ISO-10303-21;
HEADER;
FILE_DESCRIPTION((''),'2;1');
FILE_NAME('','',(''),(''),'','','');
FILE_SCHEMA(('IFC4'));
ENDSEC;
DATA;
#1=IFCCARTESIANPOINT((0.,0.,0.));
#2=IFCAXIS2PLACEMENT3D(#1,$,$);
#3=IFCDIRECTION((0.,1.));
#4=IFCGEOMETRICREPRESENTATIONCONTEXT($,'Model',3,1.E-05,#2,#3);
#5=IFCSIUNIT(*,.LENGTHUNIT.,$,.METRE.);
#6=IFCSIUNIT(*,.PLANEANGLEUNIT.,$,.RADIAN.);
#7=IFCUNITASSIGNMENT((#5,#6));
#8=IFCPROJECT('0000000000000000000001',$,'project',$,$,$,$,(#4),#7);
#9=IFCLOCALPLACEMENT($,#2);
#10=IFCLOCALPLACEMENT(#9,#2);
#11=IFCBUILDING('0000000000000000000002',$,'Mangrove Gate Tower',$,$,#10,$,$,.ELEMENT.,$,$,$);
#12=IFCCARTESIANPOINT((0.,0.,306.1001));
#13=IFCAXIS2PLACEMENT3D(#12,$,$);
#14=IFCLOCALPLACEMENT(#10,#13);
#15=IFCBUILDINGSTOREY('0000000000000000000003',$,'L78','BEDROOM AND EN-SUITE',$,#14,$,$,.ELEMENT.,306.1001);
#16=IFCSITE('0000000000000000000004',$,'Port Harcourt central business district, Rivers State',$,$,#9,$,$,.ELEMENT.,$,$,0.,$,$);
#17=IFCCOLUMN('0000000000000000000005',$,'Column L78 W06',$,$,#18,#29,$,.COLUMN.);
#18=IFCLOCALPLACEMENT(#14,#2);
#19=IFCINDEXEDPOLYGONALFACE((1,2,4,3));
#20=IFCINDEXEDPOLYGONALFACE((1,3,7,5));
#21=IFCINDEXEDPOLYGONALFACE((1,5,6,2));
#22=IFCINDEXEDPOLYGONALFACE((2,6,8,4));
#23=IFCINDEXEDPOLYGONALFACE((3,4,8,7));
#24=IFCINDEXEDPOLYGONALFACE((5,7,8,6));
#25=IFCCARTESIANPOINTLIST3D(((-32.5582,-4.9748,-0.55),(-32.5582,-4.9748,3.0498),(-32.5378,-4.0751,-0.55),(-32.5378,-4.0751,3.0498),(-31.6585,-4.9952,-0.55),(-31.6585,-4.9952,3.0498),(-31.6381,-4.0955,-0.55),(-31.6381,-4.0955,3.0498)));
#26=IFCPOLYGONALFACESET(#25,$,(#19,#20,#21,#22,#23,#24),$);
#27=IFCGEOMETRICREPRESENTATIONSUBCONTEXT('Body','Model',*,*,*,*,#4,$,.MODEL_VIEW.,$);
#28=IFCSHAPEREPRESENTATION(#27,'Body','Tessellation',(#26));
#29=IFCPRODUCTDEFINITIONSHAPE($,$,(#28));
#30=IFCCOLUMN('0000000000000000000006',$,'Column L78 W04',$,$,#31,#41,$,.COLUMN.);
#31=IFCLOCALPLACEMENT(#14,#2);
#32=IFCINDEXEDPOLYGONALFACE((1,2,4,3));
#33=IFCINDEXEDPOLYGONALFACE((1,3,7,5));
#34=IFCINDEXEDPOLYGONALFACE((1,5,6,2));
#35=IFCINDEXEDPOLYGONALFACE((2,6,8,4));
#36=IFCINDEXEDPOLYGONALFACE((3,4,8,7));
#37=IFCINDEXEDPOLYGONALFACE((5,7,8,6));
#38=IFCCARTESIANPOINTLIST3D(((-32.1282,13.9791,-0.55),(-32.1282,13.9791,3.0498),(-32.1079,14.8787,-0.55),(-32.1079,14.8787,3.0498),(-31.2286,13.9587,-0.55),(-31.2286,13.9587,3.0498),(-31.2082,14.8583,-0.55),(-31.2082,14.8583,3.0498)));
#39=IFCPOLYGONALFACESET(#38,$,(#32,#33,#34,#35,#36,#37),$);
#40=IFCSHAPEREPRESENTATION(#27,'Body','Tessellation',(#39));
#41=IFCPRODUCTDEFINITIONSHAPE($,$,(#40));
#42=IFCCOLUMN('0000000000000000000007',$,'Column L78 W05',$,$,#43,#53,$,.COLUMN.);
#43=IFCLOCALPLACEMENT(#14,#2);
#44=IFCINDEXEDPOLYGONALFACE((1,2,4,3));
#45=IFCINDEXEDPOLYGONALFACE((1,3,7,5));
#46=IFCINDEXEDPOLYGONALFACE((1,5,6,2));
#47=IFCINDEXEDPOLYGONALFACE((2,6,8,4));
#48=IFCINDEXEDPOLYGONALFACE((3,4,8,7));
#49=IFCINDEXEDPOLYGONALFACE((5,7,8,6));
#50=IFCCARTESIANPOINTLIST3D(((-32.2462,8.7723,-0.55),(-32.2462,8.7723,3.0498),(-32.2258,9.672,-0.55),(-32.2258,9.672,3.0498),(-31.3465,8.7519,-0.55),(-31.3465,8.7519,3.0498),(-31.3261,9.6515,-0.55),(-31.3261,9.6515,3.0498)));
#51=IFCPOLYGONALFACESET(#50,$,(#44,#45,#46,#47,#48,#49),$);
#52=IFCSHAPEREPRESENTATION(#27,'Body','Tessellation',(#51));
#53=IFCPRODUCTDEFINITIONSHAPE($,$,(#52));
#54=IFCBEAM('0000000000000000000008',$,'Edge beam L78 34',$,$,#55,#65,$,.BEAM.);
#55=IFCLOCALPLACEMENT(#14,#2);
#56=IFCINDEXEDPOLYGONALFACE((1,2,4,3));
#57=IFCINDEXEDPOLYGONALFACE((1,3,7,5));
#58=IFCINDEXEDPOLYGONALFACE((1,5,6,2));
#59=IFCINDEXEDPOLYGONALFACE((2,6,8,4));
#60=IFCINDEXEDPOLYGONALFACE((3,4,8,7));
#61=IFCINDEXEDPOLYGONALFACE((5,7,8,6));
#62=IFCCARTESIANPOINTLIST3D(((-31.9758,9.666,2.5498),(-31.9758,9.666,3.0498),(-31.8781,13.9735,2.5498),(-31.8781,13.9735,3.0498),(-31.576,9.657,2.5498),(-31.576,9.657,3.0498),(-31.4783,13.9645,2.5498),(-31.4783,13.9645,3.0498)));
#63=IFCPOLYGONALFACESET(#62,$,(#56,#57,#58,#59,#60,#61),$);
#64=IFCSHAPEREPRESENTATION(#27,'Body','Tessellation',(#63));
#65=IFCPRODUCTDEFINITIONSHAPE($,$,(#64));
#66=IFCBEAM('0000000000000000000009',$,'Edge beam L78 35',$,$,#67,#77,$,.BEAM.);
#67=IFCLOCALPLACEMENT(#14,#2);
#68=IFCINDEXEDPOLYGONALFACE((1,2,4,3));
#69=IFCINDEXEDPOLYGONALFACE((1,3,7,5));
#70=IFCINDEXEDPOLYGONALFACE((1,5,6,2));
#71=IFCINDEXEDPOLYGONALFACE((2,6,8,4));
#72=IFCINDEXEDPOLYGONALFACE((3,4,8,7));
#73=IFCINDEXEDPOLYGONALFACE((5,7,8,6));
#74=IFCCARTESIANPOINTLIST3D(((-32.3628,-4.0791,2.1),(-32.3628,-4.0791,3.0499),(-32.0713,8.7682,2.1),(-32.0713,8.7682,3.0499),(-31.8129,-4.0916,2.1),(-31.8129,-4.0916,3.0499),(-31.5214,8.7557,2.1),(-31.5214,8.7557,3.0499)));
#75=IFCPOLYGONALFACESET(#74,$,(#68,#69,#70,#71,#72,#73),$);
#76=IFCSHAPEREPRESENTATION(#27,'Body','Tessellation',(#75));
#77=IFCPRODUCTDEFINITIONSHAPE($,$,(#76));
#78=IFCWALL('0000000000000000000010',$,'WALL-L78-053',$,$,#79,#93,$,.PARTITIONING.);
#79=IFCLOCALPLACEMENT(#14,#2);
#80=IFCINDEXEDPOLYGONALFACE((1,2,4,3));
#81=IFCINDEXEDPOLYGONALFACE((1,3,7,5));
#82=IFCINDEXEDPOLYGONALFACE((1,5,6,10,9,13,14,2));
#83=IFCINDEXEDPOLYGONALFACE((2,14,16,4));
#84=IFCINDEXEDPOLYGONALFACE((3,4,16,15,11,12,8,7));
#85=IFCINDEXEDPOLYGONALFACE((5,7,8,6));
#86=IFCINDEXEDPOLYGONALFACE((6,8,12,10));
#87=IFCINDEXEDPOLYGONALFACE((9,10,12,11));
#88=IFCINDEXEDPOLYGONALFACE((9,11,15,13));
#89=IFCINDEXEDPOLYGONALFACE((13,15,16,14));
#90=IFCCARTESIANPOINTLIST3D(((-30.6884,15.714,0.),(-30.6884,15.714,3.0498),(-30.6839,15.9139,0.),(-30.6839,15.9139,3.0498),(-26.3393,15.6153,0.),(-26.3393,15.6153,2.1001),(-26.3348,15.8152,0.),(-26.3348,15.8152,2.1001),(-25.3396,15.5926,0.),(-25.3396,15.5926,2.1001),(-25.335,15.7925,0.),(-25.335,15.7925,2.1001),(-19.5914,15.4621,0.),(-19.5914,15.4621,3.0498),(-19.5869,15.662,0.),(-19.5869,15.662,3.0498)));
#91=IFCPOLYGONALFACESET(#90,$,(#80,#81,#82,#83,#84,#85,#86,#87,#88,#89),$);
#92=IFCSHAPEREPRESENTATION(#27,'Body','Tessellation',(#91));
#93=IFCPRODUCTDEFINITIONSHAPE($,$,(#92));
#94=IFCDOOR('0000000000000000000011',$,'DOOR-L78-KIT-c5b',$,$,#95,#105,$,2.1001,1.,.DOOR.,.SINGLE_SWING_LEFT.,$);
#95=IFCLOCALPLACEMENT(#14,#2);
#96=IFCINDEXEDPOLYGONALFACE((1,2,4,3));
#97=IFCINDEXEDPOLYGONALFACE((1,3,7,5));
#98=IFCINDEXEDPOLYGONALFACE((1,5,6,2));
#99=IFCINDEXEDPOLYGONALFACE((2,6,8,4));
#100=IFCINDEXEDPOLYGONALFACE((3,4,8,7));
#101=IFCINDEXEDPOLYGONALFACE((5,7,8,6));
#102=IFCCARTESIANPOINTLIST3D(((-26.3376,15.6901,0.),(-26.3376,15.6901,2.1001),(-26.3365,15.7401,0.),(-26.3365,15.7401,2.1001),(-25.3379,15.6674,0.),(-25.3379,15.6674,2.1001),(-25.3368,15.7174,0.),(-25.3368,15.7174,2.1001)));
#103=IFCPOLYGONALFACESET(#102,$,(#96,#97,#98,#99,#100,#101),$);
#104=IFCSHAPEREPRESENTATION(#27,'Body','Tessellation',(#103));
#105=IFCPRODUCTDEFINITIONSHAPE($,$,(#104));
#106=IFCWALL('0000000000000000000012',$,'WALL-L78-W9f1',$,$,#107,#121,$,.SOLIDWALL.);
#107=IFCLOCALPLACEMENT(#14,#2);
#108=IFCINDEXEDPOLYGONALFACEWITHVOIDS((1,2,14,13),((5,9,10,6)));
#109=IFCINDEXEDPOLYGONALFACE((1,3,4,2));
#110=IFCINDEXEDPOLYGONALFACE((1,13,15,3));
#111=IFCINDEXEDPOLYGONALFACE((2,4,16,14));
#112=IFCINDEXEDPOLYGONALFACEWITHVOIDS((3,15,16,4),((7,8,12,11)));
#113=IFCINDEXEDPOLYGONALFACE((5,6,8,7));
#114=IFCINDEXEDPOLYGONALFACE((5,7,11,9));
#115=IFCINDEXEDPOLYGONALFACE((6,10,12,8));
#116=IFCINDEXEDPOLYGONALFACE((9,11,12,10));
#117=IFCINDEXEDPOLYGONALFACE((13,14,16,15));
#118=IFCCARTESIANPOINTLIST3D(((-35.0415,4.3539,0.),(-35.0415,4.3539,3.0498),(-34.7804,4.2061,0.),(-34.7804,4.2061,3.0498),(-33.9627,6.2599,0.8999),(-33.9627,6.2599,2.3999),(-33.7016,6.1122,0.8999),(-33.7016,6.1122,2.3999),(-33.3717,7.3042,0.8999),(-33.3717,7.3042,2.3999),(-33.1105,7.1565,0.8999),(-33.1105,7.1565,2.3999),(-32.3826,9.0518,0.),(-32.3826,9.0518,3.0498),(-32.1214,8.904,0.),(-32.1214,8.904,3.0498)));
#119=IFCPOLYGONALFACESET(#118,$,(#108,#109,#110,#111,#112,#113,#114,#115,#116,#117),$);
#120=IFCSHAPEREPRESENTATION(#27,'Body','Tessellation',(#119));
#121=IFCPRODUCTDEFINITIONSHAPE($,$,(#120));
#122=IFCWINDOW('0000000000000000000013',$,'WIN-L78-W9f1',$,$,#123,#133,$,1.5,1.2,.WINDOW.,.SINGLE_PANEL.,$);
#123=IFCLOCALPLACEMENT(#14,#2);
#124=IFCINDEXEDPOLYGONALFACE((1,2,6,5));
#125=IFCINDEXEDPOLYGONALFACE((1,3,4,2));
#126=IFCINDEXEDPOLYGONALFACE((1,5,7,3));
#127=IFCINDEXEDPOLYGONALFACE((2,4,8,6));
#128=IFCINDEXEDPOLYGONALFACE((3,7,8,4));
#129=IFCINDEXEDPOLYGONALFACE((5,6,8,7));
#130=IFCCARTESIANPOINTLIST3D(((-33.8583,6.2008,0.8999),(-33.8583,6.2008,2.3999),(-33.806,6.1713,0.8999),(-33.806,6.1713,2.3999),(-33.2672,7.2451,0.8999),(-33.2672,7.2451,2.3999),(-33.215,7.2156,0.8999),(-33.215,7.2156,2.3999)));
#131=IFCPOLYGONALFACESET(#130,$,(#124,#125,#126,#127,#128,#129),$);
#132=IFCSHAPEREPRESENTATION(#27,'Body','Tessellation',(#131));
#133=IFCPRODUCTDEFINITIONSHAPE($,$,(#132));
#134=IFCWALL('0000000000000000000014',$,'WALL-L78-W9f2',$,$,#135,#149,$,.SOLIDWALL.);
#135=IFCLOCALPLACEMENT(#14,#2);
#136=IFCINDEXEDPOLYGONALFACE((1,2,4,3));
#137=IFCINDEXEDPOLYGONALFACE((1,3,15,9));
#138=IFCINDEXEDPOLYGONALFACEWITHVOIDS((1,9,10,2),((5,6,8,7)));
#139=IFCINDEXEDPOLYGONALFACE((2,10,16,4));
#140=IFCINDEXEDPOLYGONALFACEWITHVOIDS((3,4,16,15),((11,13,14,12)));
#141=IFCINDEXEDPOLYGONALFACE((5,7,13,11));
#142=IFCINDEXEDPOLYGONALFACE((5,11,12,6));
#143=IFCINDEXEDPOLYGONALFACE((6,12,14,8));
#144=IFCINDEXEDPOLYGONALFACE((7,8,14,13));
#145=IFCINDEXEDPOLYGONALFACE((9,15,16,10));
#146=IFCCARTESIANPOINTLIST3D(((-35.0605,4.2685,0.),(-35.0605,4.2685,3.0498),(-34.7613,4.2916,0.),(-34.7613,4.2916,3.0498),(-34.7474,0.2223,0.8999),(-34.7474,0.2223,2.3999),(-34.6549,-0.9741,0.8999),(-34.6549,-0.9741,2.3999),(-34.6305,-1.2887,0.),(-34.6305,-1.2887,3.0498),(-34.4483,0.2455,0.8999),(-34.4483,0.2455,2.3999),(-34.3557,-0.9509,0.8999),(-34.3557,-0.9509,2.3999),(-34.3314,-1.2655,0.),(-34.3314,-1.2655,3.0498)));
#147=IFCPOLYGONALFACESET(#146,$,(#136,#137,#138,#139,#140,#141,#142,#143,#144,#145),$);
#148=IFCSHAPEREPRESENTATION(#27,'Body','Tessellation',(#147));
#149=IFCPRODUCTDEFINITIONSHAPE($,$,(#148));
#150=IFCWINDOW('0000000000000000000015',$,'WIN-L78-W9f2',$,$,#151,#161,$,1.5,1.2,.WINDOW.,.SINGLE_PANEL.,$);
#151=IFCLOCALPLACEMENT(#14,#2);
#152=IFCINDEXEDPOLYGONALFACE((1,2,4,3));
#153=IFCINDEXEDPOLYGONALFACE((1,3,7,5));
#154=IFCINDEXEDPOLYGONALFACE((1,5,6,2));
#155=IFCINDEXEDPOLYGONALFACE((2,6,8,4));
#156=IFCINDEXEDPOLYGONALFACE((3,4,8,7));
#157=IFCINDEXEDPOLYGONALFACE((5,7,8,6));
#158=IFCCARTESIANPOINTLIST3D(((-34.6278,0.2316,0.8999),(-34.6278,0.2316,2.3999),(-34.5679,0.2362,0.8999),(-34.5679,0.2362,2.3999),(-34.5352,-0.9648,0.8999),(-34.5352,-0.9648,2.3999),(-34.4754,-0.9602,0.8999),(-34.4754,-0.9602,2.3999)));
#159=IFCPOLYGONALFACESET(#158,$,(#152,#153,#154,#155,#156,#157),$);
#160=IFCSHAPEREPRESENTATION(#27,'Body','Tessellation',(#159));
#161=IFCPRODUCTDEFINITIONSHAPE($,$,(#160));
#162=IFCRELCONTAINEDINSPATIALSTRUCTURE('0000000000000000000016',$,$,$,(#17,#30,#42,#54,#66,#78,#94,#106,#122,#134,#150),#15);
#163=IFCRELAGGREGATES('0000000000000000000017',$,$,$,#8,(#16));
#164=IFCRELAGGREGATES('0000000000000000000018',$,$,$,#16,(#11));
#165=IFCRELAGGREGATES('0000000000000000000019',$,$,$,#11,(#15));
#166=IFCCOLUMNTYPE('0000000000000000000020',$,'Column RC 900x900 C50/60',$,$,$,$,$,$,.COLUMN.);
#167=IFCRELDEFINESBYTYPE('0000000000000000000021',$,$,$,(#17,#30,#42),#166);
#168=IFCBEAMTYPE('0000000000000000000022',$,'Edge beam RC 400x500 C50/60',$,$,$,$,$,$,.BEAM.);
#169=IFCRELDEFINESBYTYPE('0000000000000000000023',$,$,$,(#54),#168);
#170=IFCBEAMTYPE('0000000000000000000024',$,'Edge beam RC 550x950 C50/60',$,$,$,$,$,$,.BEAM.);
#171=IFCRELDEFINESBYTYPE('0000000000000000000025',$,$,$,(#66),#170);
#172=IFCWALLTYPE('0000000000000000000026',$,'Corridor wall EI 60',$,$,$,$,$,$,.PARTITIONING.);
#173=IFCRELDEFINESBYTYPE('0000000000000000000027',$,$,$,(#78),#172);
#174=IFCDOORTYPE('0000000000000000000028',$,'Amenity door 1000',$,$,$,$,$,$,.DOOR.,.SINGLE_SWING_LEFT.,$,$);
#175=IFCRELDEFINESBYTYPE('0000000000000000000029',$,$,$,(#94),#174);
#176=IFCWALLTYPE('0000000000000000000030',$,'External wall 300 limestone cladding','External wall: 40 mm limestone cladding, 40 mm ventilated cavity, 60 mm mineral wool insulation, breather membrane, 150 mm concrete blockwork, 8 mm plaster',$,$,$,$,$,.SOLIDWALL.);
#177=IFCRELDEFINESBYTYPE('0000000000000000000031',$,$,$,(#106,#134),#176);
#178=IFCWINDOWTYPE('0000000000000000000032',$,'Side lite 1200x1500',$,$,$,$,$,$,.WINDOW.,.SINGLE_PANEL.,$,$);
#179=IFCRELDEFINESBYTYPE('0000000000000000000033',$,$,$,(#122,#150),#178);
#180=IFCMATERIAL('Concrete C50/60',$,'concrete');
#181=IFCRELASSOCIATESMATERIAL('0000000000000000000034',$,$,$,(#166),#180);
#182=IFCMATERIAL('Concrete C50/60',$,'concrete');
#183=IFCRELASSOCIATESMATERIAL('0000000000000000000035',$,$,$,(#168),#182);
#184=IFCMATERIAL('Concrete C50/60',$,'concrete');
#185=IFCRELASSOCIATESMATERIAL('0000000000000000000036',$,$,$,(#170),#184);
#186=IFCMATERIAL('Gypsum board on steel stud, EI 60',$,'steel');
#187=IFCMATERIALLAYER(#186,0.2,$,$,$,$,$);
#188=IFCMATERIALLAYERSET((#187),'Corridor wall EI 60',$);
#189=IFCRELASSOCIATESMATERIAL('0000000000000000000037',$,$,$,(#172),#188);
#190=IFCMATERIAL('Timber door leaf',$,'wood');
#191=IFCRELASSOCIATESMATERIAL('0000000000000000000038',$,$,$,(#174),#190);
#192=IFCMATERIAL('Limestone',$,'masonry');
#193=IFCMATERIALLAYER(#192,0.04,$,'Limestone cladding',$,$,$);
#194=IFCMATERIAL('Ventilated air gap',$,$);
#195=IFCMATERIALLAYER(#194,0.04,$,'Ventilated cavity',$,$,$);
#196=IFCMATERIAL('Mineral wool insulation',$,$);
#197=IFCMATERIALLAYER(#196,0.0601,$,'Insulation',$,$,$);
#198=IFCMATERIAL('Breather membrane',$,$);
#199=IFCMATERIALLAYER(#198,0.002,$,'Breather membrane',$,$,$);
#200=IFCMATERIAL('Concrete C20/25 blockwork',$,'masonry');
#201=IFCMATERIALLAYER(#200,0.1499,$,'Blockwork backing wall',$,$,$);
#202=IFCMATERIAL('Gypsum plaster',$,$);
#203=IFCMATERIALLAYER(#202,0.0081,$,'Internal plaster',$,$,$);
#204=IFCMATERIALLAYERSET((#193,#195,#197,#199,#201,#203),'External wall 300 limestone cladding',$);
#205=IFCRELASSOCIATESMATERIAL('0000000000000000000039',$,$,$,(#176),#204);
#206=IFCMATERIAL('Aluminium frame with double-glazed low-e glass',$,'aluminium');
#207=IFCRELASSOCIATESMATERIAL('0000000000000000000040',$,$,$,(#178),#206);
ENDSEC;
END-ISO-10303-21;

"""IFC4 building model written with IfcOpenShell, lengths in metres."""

from ifc_helpers import new_model, si_unit, direction, frame, frame_2d, origin, origin_2d, place, context, subcontext, project, spatial, rectangle, extrude, material, layer, layer_set, material_profile, profile_set, type_object, element, fill, save


model = new_model("IFC4")

# Units and contexts
model_context = context("Model", 3, precision=1e-05, world=origin(), true_north=direction((0.0, 1.0)))
body_context = subcontext(model_context, "Body", "Model", "MODEL_VIEW")
ifc_project = project(units=[si_unit("LENGTHUNIT", "METRE"), si_unit("PLANEANGLEUNIT", "RADIAN")], contexts=[model_context])

# Site, building, storey
site_placement = place(None, origin())
site = spatial("IfcSite", under=ifc_project, at=site_placement, Name="Port Harcourt central business district, Rivers State", CompositionType="ELEMENT", RefElevation=0.0)
building_placement = place(site_placement, origin())
building = spatial("IfcBuilding", under=site, at=building_placement, Name="Mangrove Gate Tower", CompositionType="ELEMENT")
storey_placement = place(building_placement, frame((0.0, 0.0, 306.1001)))
storey = spatial("IfcBuildingStorey", under=building, at=storey_placement, Name="L78", Description="BEDROOM AND EN-SUITE", CompositionType="ELEMENT", Elevation=306.1001)

# Columns
ifc_material_1 = material(Name="Concrete C50/60", Category="concrete")
ifc_material_profile_1 = material_profile(ifc_material_1, rectangle(XDim=0.8999, YDim=0.8999, at=origin_2d()))
ifc_profile_set_1 = profile_set([ifc_material_profile_1], Name="Concrete C50/60")
column_type = type_object("IfcColumnType", Name="Column RC 900x900 C50/60", PredefinedType="COLUMN", material=ifc_profile_set_1)
for number, where, z_axis, x_axis, name in (
    (1, (-32.0981, -4.5352, -0.55), (0.0, 0.0, 1.0), (-0.02268, -0.999743, 0.0), "Column L78 W06"),
    (2, (-31.6682, 14.4187, -0.55), (0.0, 0.0, 1.0), (-0.022656, -0.999743, 0.0), "Column L78 W04"),
    (3, (-31.7861, 9.2119, -0.55), (0.0, 0.0, 1.0), (-0.022681, -0.999743, 0.0), "Column L78 W05"),
):
    element("IfcColumn", number, at=place(storey_placement, frame(where, z_axis=z_axis, x_axis=x_axis)), inside=storey, type_object=column_type, Name=name, PredefinedType="COLUMN", context=body_context, shape_type="SweptSolid", body=[
        extrude(rectangle(XDim=0.8999, YDim=0.8999, at=origin_2d()), origin(), (0.0, 0.0, 1.0), 3.5999),
    ])

# Beams
ifc_material_2 = material(Name="Concrete C50/60", Category="concrete")
ifc_material_profile_2 = material_profile(ifc_material_2, rectangle(XDim=0.3999, YDim=0.5, at=origin_2d()))
ifc_profile_set_2 = profile_set([ifc_material_profile_2], Name="Concrete C50/60")
beam_type_1 = type_object("IfcBeamType", Name="Edge beam RC 400x500 C50/60", PredefinedType="BEAM", material=ifc_profile_set_2)
beam_1_placement = place(storey_placement, frame((-31.6782, 13.969, 2.7998), z_axis=(-0.022666, -0.999743, 0.0), x_axis=(0.999743, -0.022666, 0.0)))
element("IfcBeam", 4, at=beam_1_placement, inside=storey, type_object=beam_type_1, Name="Edge beam L78 34", PredefinedType="BEAM", context=body_context, shape_type="SweptSolid", body=[
    extrude(rectangle(XDim=0.3999, YDim=0.5, at=origin_2d()), origin(), (0.0, 0.0, 1.0), 4.3086),
])
ifc_material_3 = material(Name="Concrete C50/60", Category="concrete")
ifc_material_profile_3 = material_profile(ifc_material_3, rectangle(XDim=0.55, YDim=0.95, at=origin_2d()))
ifc_profile_set_3 = profile_set([ifc_material_profile_3], Name="Concrete C50/60")
beam_type_2 = type_object("IfcBeamType", Name="Edge beam RC 550x950 C50/60", PredefinedType="BEAM", material=ifc_profile_set_3)
beam_2_placement = place(storey_placement, frame((-31.7964, 8.762, 2.575), z_axis=(-0.022684, -0.999743, 0.0), x_axis=(0.999743, -0.022684, 0.0)))
element("IfcBeam", 5, at=beam_2_placement, inside=storey, type_object=beam_type_2, Name="Edge beam L78 35", PredefinedType="BEAM", context=body_context, shape_type="SweptSolid", body=[
    extrude(rectangle(XDim=0.55, YDim=0.95, at=origin_2d()), origin(), (0.0, 0.0, 1.0), 12.8506),
])

# Wall, opening, door
ifc_material_4 = material(Name="Gypsum board on steel stud, EI 60", Category="steel")
ifc_layer_1 = layer(ifc_material_4, 0.2)
ifc_layer_set_1 = layer_set([ifc_layer_1], Name="Corridor wall EI 60")
wall_type_1 = type_object("IfcWallType", Name="Corridor wall EI 60", PredefinedType="PARTITIONING", material=ifc_layer_set_1)
wall_1_placement = place(storey_placement, frame((-30.686, 15.814, 0.0), z_axis=(0.0, 0.0, 1.0), x_axis=(0.999742, -0.022699, 0.0)))
wall_1 = element("IfcWall", 6, at=wall_1_placement, inside=storey, type_object=wall_type_1, Name="WALL-L78-053", PredefinedType="PARTITIONING", context=body_context, shape_type="SweptSolid", body=[
    extrude(rectangle(XDim=11.0999, YDim=0.2, at=frame_2d((5.5498, 0.0))), origin(), (0.0, 0.0, 1.0), 3.0498),
])
opening_1_placement = place(wall_1_placement, frame((4.3501, 0.0, 0.0)))
opening_1 = element("IfcOpeningElement", 7, at=opening_1_placement, cuts=wall_1, PredefinedType="OPENING", context=body_context, shape_type="SweptSolid", body=[
    extrude(rectangle(XDim=1.0, YDim=2.1001, at=frame_2d((0.5, 1.05))), frame((0.0, 0.1099, 0.0), z_axis=(0.0, -1.0, 0.0), x_axis=(1.0, 0.0, 0.0)), (0.0, 0.0, 1.0), 0.22),
])
ifc_material_5 = material(Name="Timber door leaf", Category="wood")
door_type_1 = type_object("IfcDoorType", Name="Amenity door 1000", OperationType="SINGLE_SWING_LEFT", PredefinedType="DOOR", material=ifc_material_5)
door_1_placement = place(opening_1_placement, origin())
door_1 = element("IfcDoor", 8, at=door_1_placement, inside=storey, type_object=door_type_1, Name="DOOR-L78-KIT-c5b", OperationType="SINGLE_SWING_LEFT", OverallHeight=2.1001, OverallWidth=1.0, PredefinedType="DOOR", context=body_context, shape_type="SweptSolid", body=[
    extrude(rectangle(XDim=1.0, YDim=2.1001, at=frame_2d((0.5, 1.05))), frame((0.0, 0.0249, 0.0), z_axis=(0.0, -1.0, 0.0), x_axis=(1.0, 0.0, 0.0)), (0.0, 0.0, 1.0), 0.05),
])
fill(opening_1, door_1)

# Walls, openings, windows
ifc_material_6 = material(Name="Limestone", Category="masonry")
ifc_layer_2 = layer(ifc_material_6, 0.04, Name="Limestone cladding")
ifc_material_7 = material(Name="Ventilated air gap")
ifc_layer_3 = layer(ifc_material_7, 0.04, Name="Ventilated cavity")
ifc_material_8 = material(Name="Mineral wool insulation")
ifc_layer_4 = layer(ifc_material_8, 0.0601, Name="Insulation")
ifc_material_9 = material(Name="Breather membrane")
ifc_layer_5 = layer(ifc_material_9, 0.002, Name="Breather membrane")
ifc_material_10 = material(Name="Concrete C20/25 blockwork", Category="masonry")
ifc_layer_6 = layer(ifc_material_10, 0.1499, Name="Blockwork backing wall")
ifc_material_11 = material(Name="Gypsum plaster")
ifc_layer_7 = layer(ifc_material_11, 0.0081, Name="Internal plaster")
ifc_layer_set_2 = layer_set([ifc_layer_2, ifc_layer_3, ifc_layer_4, ifc_layer_5, ifc_layer_6, ifc_layer_7], Name="External wall 300 limestone cladding")
wall_type_2 = type_object("IfcWallType", Name="External wall 300 limestone cladding", Description="External wall: 40 mm limestone cladding, 40 mm ventilated cavity, 60 mm mineral wool insulation, breather membrane, 150 mm concrete blockwork, 8 mm plaster", PredefinedType="SOLIDWALL", material=ifc_layer_set_2)
wall_2_placement = place(storey_placement, frame((-32.252, 8.978, 0.0), z_axis=(0.0, 0.0, 1.0), x_axis=(-0.492555, -0.870281, 0.0)))
wall_2 = element("IfcWall", 9, at=wall_2_placement, inside=storey, type_object=wall_type_2, Name="WALL-L78-W9f1", PredefinedType="SOLIDWALL", context=body_context, shape_type="SweptSolid", body=[
    extrude(rectangle(XDim=5.3982, YDim=0.3, at=frame_2d((2.6992, 0.0))), origin(), (0.0, 0.0, 1.0), 3.0498),
])
opening_2_placement = place(wall_2_placement, frame((2.0081, 0.0, 0.8999)))
opening_2 = element("IfcOpeningElement", 10, at=opening_2_placement, cuts=wall_2, PredefinedType="OPENING", context=body_context, shape_type="SweptSolid", body=[
    extrude(rectangle(XDim=1.2, YDim=1.5, at=frame_2d((0.6001, 0.75))), frame((0.0, 0.1599, 0.0), z_axis=(0.0, -1.0, 0.0), x_axis=(1.0, 0.0, 0.0)), (0.0, 0.0, 1.0), 0.3201),
])
ifc_material_12 = material(Name="Aluminium frame with double-glazed low-e glass", Category="aluminium")
window_type_1 = type_object("IfcWindowType", Name="Side lite 1200x1500", PartitioningType="SINGLE_PANEL", PredefinedType="WINDOW", material=ifc_material_12)
window_1_placement = place(opening_2_placement, origin())
window_1 = element("IfcWindow", 11, at=window_1_placement, inside=storey, type_object=window_type_1, Name="WIN-L78-W9f1", OverallHeight=1.5, OverallWidth=1.2, PartitioningType="SINGLE_PANEL", PredefinedType="WINDOW", context=body_context, shape_type="SweptSolid", body=[
    extrude(rectangle(XDim=1.2, YDim=1.5, at=frame_2d((0.6001, 0.75))), frame((0.0, 0.03, 0.0), z_axis=(0.0, -1.0, 0.0), x_axis=(1.0, 0.0, 0.0)), (0.0, 0.0, 1.0), 0.0601),
])
fill(opening_2, window_1)
wall_3_placement = place(storey_placement, frame((-34.9109, 4.28, 0.0), z_axis=(0.0, 0.0, 1.0), x_axis=(0.077135, -0.997021, 0.0)))
wall_3 = element("IfcWall", 12, at=wall_3_placement, inside=storey, type_object=wall_type_2, Name="WALL-L78-W9f2", PredefinedType="SOLIDWALL", context=body_context, shape_type="SweptSolid", body=[
    extrude(rectangle(XDim=5.5737, YDim=0.3, at=frame_2d((2.7869, 0.0))), origin(), (0.0, 0.0, 1.0), 3.0498),
])
opening_3_placement = place(wall_3_placement, frame((4.0581, 0.0, 0.8999)))
opening_3 = element("IfcOpeningElement", 13, at=opening_3_placement, cuts=wall_3, PredefinedType="OPENING", context=body_context, shape_type="SweptSolid", body=[
    extrude(rectangle(XDim=1.2, YDim=1.5, at=frame_2d((0.6001, 0.75))), frame((0.0, 0.1599, 0.0), z_axis=(0.0, -1.0, 0.0), x_axis=(1.0, 0.0, 0.0)), (0.0, 0.0, 1.0), 0.3201),
])
window_2_placement = place(opening_3_placement, origin())
window_2 = element("IfcWindow", 14, at=window_2_placement, inside=storey, type_object=window_type_1, Name="WIN-L78-W9f2", OverallHeight=1.5, OverallWidth=1.2, PartitioningType="SINGLE_PANEL", PredefinedType="WINDOW", context=body_context, shape_type="SweptSolid", body=[
    extrude(rectangle(XDim=1.2, YDim=1.5, at=frame_2d((0.6001, 0.75))), frame((0.0, 0.03, 0.0), z_axis=(0.0, -1.0, 0.0), x_axis=(1.0, 0.0, 0.0)), (0.0, 0.0, 1.0), 0.0601),
])
fill(opening_3, window_2)

save(model, "model.ifc")
